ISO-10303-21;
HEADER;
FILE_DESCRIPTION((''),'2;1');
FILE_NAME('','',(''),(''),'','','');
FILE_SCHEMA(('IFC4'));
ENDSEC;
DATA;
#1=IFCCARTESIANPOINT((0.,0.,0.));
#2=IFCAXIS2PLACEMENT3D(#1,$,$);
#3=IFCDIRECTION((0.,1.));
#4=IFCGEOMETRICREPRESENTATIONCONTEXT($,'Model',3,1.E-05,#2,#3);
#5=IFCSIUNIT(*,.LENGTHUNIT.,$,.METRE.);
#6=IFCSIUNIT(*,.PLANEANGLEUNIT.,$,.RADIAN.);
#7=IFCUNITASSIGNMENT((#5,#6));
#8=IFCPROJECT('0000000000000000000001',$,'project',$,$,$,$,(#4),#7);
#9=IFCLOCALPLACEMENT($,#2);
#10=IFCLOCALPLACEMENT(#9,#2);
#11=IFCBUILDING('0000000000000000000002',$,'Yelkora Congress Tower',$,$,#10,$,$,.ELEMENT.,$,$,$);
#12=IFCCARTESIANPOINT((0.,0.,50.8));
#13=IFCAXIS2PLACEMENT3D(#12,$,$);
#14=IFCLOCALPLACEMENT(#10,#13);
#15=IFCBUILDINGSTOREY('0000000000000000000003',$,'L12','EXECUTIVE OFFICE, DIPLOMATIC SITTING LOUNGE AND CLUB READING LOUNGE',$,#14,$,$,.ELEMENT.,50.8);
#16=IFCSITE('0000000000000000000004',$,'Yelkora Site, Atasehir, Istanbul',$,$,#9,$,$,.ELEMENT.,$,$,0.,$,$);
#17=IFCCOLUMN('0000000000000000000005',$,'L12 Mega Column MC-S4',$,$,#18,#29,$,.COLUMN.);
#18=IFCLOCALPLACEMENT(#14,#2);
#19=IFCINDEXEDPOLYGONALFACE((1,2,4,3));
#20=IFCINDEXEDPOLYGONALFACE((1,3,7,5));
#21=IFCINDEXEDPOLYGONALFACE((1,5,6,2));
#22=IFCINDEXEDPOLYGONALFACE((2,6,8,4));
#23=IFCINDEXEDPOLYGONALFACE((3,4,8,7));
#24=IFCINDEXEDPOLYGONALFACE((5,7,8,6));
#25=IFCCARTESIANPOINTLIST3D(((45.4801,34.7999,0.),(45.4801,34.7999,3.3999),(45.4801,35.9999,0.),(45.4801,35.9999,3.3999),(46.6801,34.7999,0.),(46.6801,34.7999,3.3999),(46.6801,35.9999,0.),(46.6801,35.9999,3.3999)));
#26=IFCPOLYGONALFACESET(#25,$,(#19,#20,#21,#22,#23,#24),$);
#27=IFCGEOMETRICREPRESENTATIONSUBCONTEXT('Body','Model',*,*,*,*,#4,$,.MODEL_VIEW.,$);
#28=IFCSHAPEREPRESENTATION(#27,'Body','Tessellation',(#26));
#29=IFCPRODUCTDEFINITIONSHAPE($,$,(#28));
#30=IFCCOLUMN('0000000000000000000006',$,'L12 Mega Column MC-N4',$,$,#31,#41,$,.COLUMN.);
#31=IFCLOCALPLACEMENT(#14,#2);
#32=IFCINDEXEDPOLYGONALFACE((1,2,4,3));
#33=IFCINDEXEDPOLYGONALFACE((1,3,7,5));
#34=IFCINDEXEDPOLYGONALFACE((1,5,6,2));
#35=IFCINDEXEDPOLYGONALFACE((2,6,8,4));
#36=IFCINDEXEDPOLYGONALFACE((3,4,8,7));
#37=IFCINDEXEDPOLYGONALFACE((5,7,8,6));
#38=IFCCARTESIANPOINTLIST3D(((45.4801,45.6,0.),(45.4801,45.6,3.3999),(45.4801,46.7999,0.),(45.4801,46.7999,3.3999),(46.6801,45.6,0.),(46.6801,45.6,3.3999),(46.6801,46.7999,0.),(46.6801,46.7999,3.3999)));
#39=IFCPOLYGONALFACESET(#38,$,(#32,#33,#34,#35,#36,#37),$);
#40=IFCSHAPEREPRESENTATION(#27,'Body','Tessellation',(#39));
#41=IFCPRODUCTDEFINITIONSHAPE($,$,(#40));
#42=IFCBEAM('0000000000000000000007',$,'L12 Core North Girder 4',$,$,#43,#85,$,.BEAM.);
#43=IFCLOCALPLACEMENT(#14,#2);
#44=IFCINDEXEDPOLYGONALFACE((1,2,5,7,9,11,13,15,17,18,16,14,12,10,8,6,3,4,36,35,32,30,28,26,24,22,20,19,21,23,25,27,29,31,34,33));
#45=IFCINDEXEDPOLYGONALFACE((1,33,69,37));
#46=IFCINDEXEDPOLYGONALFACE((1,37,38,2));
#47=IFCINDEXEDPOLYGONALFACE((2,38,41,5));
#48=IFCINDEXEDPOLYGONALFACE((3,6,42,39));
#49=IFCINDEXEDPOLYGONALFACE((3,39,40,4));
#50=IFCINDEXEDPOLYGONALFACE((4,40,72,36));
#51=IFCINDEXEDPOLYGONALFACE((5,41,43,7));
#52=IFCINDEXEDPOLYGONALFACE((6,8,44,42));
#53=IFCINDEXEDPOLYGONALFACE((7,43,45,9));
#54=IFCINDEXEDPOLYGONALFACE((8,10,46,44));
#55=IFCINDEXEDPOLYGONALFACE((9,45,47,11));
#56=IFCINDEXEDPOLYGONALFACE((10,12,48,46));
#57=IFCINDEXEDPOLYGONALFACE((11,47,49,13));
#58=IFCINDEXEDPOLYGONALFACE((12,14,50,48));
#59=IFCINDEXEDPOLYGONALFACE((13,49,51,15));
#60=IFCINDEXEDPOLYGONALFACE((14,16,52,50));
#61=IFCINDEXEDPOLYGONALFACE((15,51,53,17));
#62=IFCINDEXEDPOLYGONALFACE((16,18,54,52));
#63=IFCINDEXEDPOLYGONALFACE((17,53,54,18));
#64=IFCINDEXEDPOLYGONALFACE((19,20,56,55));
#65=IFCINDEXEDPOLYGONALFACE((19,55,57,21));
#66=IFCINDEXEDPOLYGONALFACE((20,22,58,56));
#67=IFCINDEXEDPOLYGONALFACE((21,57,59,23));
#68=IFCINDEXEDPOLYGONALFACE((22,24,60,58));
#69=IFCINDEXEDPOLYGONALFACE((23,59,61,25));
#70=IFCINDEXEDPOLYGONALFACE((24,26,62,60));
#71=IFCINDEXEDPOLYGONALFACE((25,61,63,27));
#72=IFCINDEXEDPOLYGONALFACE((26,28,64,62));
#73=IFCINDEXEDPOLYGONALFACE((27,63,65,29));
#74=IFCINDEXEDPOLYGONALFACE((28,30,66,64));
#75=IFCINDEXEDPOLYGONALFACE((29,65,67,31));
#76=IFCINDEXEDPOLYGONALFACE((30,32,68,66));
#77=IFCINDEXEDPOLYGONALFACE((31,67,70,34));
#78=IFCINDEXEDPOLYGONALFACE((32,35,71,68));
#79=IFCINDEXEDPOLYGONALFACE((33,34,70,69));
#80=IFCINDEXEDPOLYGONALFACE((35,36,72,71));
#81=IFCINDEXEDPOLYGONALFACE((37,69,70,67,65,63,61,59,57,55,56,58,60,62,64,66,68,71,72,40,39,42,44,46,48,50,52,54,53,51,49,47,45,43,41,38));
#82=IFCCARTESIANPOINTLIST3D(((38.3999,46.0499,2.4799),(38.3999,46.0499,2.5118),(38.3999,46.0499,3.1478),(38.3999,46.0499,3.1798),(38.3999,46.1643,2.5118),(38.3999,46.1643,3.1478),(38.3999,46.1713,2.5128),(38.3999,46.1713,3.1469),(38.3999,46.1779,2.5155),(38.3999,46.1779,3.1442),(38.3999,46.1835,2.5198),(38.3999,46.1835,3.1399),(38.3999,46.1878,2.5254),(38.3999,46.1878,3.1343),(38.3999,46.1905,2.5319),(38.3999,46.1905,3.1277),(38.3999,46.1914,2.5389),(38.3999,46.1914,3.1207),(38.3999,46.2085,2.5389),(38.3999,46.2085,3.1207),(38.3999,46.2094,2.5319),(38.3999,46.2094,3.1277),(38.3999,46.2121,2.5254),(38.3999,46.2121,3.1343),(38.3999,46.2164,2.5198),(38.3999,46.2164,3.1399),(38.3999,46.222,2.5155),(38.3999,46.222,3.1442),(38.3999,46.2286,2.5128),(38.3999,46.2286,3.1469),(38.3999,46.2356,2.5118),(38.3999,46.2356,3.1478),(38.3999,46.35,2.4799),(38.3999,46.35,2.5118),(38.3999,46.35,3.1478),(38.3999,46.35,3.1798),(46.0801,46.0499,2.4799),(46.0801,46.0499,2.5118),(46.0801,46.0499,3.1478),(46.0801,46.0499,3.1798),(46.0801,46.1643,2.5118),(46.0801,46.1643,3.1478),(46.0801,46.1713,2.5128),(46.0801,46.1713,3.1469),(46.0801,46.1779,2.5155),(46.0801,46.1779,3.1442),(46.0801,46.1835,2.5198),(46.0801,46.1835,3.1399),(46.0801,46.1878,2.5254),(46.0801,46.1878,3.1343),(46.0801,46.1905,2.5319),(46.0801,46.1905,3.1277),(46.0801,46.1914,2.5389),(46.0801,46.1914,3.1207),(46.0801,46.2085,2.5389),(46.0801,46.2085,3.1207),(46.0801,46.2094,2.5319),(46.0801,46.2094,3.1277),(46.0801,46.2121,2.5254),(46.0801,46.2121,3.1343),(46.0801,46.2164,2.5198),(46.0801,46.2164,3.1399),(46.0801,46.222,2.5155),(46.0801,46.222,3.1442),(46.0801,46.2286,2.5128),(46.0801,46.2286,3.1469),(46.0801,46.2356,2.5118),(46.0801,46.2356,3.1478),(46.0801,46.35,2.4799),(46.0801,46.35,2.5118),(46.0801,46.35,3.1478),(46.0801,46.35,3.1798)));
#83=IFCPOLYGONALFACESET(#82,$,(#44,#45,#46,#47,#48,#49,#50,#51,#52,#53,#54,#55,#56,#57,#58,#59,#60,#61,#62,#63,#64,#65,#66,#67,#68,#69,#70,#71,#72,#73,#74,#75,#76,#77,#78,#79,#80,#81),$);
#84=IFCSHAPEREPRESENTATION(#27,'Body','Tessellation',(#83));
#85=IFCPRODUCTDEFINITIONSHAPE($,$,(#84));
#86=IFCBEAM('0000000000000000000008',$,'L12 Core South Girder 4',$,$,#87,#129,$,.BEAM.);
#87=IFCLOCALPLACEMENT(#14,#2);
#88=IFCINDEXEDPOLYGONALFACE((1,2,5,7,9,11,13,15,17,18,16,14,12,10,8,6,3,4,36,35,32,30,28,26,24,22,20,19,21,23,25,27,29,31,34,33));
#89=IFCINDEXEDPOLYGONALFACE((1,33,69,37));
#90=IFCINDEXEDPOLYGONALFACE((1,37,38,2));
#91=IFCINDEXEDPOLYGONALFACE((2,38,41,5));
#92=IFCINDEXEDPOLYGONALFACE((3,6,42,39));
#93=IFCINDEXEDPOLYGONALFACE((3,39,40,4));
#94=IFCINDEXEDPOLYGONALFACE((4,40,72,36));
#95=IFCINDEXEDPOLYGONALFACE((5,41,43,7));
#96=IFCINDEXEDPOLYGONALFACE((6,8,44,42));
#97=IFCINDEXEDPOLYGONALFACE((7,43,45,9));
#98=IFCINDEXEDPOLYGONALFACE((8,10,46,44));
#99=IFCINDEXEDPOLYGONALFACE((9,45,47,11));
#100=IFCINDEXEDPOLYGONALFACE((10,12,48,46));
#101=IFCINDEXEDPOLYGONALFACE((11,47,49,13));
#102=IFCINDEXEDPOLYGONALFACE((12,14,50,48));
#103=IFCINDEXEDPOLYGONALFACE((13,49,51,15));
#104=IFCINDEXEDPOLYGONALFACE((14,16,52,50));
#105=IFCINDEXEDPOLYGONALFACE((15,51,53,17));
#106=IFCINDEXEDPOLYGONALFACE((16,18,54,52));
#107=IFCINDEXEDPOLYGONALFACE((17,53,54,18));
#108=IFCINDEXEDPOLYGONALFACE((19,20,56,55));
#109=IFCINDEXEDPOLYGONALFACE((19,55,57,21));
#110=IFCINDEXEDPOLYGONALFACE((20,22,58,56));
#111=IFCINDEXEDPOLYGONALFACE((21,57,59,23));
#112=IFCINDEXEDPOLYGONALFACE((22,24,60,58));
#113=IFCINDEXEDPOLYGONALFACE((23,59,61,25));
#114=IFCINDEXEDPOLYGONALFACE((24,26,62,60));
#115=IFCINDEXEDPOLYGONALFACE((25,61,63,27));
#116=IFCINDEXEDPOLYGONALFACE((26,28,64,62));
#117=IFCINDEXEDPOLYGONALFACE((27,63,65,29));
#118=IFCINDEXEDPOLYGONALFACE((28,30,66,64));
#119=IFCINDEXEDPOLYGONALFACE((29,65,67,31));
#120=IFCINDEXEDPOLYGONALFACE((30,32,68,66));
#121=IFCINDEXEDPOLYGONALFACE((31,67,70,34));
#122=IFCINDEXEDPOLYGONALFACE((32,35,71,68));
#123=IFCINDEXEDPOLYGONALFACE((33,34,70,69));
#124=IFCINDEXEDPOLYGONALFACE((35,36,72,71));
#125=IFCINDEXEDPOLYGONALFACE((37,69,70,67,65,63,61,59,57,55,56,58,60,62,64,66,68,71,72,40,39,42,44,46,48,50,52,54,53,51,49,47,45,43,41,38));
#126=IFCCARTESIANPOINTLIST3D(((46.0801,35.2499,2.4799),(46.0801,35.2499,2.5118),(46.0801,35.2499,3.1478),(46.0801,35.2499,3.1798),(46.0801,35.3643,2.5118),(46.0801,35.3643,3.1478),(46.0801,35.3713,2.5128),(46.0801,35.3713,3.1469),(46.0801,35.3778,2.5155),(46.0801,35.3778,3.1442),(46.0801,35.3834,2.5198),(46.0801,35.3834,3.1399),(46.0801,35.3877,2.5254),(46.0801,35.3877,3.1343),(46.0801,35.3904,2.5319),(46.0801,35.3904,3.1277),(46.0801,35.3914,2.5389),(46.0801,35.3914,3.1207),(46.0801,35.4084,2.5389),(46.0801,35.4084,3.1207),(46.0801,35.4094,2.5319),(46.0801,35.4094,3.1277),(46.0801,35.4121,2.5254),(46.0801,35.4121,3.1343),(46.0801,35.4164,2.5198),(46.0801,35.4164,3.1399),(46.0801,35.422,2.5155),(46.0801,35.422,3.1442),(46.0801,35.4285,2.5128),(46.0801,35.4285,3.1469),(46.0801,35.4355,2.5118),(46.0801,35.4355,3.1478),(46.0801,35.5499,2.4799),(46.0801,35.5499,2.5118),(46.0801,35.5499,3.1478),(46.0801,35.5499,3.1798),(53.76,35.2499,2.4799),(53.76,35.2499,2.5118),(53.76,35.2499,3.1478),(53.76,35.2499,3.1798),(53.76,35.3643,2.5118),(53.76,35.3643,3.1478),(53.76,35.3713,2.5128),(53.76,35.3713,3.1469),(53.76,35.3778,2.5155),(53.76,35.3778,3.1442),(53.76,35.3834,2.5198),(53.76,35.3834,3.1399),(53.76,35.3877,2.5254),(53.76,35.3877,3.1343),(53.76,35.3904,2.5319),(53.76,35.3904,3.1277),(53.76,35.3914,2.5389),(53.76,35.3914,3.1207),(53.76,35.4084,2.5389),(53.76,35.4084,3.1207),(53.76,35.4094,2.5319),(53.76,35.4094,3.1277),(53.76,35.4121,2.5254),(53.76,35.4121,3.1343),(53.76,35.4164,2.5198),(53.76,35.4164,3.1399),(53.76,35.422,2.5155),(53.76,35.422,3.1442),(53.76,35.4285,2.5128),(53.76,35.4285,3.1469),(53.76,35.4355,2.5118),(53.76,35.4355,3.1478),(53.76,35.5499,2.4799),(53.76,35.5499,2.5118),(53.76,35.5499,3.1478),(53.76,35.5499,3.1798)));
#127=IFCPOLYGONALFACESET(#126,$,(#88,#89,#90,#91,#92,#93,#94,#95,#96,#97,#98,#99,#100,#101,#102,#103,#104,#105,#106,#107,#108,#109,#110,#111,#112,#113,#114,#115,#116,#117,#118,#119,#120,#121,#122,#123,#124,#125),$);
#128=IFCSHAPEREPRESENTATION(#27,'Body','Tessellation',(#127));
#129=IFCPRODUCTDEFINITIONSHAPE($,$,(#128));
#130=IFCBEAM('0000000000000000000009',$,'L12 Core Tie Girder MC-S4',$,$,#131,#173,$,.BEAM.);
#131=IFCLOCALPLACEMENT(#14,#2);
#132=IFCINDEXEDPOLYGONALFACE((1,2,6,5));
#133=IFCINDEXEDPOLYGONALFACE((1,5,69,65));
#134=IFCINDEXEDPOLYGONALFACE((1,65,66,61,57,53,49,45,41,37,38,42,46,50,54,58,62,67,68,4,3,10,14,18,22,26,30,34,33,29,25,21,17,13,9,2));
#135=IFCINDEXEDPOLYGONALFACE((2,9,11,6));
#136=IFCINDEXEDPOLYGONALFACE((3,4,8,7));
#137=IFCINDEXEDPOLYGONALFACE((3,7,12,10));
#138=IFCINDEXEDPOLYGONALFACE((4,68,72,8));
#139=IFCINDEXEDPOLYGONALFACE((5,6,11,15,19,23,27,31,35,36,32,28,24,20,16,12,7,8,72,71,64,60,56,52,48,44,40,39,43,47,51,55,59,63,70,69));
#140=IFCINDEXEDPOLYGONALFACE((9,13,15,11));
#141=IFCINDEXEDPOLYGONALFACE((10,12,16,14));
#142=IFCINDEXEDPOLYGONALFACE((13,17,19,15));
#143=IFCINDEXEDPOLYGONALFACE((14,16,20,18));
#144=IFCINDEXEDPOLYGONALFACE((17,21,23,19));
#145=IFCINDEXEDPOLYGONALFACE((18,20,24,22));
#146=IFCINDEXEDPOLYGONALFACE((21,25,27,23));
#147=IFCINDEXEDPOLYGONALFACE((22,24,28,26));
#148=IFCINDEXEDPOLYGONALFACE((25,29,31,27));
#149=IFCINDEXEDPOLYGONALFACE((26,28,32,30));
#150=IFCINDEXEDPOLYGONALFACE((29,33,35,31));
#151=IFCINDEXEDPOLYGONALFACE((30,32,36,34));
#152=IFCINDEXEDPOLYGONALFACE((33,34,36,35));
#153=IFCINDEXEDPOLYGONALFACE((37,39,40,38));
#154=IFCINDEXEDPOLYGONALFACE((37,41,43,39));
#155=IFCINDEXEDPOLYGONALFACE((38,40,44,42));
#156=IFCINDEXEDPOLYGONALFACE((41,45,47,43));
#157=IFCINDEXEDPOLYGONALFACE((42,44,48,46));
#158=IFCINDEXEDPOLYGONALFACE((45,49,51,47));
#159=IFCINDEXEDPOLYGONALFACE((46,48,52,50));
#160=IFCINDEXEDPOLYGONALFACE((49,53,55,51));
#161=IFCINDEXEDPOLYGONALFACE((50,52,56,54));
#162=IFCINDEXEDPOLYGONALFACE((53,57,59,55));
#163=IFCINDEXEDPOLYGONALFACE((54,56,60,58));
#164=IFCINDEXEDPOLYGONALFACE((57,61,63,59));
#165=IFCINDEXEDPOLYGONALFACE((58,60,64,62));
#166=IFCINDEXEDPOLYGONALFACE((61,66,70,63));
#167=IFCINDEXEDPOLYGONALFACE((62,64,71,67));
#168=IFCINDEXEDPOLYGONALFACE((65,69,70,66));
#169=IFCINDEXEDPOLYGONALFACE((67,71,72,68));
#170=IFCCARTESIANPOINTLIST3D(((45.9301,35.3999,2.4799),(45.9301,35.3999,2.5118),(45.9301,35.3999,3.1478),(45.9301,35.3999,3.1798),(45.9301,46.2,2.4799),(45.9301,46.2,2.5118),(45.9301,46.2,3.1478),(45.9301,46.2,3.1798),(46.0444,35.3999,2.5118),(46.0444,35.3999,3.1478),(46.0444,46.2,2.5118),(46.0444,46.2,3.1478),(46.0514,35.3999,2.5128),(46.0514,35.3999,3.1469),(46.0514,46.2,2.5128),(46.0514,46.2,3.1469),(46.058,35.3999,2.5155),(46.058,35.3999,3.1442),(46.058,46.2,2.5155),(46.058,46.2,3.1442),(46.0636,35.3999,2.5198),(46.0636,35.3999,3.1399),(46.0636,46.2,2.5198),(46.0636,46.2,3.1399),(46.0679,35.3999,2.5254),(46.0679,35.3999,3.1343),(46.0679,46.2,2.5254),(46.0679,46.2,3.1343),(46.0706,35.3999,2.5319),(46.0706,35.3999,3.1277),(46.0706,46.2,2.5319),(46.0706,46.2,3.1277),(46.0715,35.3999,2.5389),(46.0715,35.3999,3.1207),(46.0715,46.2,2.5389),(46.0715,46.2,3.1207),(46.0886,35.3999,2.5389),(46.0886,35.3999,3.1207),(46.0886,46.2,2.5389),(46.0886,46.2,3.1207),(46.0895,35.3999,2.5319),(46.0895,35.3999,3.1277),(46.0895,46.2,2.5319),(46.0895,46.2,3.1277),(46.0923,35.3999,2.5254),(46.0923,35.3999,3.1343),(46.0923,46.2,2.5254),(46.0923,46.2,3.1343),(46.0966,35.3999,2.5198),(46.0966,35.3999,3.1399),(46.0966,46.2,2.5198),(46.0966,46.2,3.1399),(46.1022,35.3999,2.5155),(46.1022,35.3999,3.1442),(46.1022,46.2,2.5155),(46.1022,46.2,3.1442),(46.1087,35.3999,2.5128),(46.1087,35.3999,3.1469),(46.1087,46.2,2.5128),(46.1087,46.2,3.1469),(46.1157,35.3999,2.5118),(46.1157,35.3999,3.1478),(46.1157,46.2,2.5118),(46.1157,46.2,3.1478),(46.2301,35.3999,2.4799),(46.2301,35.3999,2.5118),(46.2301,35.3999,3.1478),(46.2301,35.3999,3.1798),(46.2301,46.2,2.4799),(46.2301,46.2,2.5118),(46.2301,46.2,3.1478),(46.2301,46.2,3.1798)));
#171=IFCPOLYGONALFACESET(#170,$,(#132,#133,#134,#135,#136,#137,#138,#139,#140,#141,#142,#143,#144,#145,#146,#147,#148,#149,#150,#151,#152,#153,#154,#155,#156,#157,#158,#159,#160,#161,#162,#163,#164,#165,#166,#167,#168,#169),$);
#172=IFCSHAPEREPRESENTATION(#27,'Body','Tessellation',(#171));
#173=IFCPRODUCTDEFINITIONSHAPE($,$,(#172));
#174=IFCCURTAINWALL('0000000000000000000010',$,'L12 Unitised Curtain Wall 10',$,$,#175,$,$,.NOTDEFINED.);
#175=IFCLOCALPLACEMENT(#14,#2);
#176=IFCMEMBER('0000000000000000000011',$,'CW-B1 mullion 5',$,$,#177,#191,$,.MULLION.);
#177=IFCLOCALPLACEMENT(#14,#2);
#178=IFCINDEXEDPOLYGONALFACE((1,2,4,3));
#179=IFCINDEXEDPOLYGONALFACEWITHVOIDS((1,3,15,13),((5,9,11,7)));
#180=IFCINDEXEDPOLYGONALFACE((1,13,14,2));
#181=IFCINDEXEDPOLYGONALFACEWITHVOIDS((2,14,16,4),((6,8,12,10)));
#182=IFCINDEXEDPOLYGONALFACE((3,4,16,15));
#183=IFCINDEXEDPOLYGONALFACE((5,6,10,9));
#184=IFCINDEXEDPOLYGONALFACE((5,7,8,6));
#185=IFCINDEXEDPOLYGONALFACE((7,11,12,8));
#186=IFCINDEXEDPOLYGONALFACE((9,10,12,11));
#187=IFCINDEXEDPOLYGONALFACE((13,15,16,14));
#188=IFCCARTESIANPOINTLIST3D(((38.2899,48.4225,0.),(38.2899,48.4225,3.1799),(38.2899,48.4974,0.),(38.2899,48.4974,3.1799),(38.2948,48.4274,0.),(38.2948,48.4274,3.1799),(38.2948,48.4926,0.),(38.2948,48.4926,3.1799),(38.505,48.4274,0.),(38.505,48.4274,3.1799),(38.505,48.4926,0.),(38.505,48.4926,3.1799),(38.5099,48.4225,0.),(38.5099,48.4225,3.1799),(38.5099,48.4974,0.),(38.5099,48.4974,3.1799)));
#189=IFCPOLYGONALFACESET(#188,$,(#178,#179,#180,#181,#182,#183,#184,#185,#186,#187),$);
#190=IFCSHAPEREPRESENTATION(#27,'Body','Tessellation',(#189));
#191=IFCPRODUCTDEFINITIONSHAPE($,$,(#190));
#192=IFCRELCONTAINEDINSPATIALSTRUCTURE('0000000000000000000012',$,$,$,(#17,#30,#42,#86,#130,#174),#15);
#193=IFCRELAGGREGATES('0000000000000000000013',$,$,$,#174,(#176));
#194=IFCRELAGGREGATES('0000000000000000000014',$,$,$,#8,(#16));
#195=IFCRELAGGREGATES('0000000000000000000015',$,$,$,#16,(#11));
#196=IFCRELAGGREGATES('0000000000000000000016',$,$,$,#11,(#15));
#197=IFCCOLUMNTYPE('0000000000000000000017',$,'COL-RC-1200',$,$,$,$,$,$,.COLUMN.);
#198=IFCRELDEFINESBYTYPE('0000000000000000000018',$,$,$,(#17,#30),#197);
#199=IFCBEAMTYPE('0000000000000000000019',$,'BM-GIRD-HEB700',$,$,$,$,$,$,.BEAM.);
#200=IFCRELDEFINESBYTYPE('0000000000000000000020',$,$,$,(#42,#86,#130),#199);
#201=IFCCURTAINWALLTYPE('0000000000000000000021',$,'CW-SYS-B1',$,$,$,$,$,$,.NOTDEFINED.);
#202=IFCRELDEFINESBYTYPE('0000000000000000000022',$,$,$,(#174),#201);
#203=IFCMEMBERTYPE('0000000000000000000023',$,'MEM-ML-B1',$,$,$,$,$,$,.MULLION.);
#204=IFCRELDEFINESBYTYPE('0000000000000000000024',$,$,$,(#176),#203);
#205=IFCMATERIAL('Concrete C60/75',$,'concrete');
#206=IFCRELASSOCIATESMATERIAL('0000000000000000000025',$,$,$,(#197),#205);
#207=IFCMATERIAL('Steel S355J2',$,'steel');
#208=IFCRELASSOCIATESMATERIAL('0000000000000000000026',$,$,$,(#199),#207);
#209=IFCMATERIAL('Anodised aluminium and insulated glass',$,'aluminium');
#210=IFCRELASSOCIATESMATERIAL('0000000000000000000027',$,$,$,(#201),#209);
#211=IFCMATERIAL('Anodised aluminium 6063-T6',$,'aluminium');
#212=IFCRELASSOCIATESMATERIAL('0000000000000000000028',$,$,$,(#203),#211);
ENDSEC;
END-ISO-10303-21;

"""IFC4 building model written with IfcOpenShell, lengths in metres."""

from ifc_helpers import new_model, si_unit, direction, frame, origin, origin_2d, place, context, subcontext, project, spatial, rectangle, hollow_rectangle, i_section, extrude, material, material_profile, profile_set, type_object, element, aggregate, save


model = new_model("IFC4")

# Units and contexts
model_context = context("Model", 3, precision=1e-05, world=origin(), true_north=direction((0.0, 1.0)))
body_context = subcontext(model_context, "Body", "Model", "MODEL_VIEW")
ifc_project = project(units=[si_unit("LENGTHUNIT", "METRE"), si_unit("PLANEANGLEUNIT", "RADIAN")], contexts=[model_context])

# Site, building, storey
site_placement = place(None, origin())
site = spatial("IfcSite", under=ifc_project, at=site_placement, Name="Yelkora Site, Atasehir, Istanbul", CompositionType="ELEMENT", RefElevation=0.0)
building_placement = place(site_placement, origin())
building = spatial("IfcBuilding", under=site, at=building_placement, Name="Yelkora Congress Tower", CompositionType="ELEMENT")
storey_placement = place(building_placement, frame((0.0, 0.0, 50.8)))
storey = spatial("IfcBuildingStorey", under=building, at=storey_placement, Name="L12", Description="EXECUTIVE OFFICE, DIPLOMATIC SITTING LOUNGE AND CLUB READING LOUNGE", CompositionType="ELEMENT", Elevation=50.8)

# Columns
ifc_material_1 = material(Name="Concrete C60/75", Category="concrete")
ifc_material_profile_1 = material_profile(ifc_material_1, rectangle(XDim=1.2, YDim=1.2, at=origin_2d()), Name="RC 1200x1200")
ifc_profile_set_1 = profile_set([ifc_material_profile_1], Name="Concrete C60/75")
column_type = type_object("IfcColumnType", Name="COL-RC-1200", PredefinedType="COLUMN", material=ifc_profile_set_1)
for number, where, z_axis, x_axis, name in (
    (1, (46.0801, 35.3999, 0.0), (0.0, 0.0, 1.0), (1.0, 0.0, 0.0), "L12 Mega Column MC-S4"),
    (2, (46.0801, 46.2, 0.0), (0.0, 0.0, 1.0), (1.0, 0.0, 0.0), "L12 Mega Column MC-N4"),
):
    element("IfcColumn", number, at=place(storey_placement, frame(where, z_axis=z_axis, x_axis=x_axis)), inside=storey, type_object=column_type, Name=name, PredefinedType="COLUMN", context=body_context, shape_type="SweptSolid", body=[
        extrude(rectangle(XDim=1.2, YDim=1.2, at=origin_2d()), origin(), (0.0, 0.0, 1.0), 3.3999),
    ])

# Beams
ifc_material_2 = material(Name="Steel S355J2", Category="steel")
ifc_material_profile_2 = material_profile(ifc_material_2, i_section(OverallWidth=0.3, OverallDepth=0.7, WebThickness=0.0171, FlangeThickness=0.032, FilletRadius=0.0271, at=origin_2d()), Name="HEB 700")
ifc_profile_set_2 = profile_set([ifc_material_profile_2], Name="Steel S355J2")
beam_type = type_object("IfcBeamType", Name="BM-GIRD-HEB700", PredefinedType="BEAM", material=ifc_profile_set_2)
beam_1_placement = place(storey_placement, frame((38.3999, 46.2, 2.8298), z_axis=(1.0, 0.0, 0.0), x_axis=(0.0, 1.0, 0.0)))
element("IfcBeam", 3, at=beam_1_placement, inside=storey, type_object=beam_type, Name="L12 Core North Girder 4", PredefinedType="BEAM", context=body_context, shape_type="SweptSolid", body=[
    extrude(i_section(OverallWidth=0.3, OverallDepth=0.7, WebThickness=0.0171, FlangeThickness=0.032, FilletRadius=0.0271, at=origin_2d()), origin(), (0.0, 0.0, 1.0), 7.6802),
])
beam_2_placement = place(storey_placement, frame((46.0801, 35.3999, 2.8298), z_axis=(1.0, 0.0, 0.0), x_axis=(0.0, 1.0, 0.0)))
element("IfcBeam", 4, at=beam_2_placement, inside=storey, type_object=beam_type, Name="L12 Core South Girder 4", PredefinedType="BEAM", context=body_context, shape_type="SweptSolid", body=[
    extrude(i_section(OverallWidth=0.3, OverallDepth=0.7, WebThickness=0.0171, FlangeThickness=0.032, FilletRadius=0.0271, at=origin_2d()), origin(), (0.0, 0.0, 1.0), 7.6799),
])
beam_3_placement = place(storey_placement, frame((46.0801, 35.3999, 2.8298), z_axis=(0.0, 1.0, 0.0), x_axis=(-1.0, 0.0, 0.0)))
element("IfcBeam", 5, at=beam_3_placement, inside=storey, type_object=beam_type, Name="L12 Core Tie Girder MC-S4", PredefinedType="BEAM", context=body_context, shape_type="SweptSolid", body=[
    extrude(i_section(OverallWidth=0.3, OverallDepth=0.7, WebThickness=0.0171, FlangeThickness=0.032, FilletRadius=0.0271, at=origin_2d()), origin(), (0.0, 0.0, 1.0), 10.8),
])

# Curtain wall, member
ifc_material_3 = material(Name="Anodised aluminium and insulated glass", Category="aluminium")
curtain_wall_type = type_object("IfcCurtainWallType", Name="CW-SYS-B1", PredefinedType="NOTDEFINED", material=ifc_material_3)
curtain_wall_placement = place(storey_placement, origin())
curtain_wall = element("IfcCurtainWall", 6, at=curtain_wall_placement, inside=storey, type_object=curtain_wall_type, Name="L12 Unitised Curtain Wall 10", PredefinedType="NOTDEFINED")
ifc_material_4 = material(Name="Anodised aluminium 6063-T6", Category="aluminium")
ifc_material_profile_3 = material_profile(ifc_material_4, hollow_rectangle(XDim=0.075, YDim=0.22, WallThickness=0.0049, at=origin_2d()), Name="ALU 75x220x5")
ifc_profile_set_3 = profile_set([ifc_material_profile_3], Name="Anodised aluminium 6063-T6")
member_type_1 = type_object("IfcMemberType", Name="MEM-ML-B1", PredefinedType="MULLION", material=ifc_profile_set_3)
member_1_placement = place(storey_placement, frame((38.3999, 48.46, 0.0), z_axis=(0.0, 0.0, 1.0), x_axis=(0.0, 1.0, 0.0)))
member_1 = element("IfcMember", 7, at=member_1_placement, type_object=member_type_1, Name="CW-B1 mullion 5", PredefinedType="MULLION", context=body_context, shape_type="SweptSolid", body=[
    extrude(hollow_rectangle(XDim=0.075, YDim=0.22, WallThickness=0.0049, at=origin_2d()), origin(), (0.0, 0.0, 1.0), 3.1799),
])
aggregate(curtain_wall, [member_1])

save(model, "model.ifc")
